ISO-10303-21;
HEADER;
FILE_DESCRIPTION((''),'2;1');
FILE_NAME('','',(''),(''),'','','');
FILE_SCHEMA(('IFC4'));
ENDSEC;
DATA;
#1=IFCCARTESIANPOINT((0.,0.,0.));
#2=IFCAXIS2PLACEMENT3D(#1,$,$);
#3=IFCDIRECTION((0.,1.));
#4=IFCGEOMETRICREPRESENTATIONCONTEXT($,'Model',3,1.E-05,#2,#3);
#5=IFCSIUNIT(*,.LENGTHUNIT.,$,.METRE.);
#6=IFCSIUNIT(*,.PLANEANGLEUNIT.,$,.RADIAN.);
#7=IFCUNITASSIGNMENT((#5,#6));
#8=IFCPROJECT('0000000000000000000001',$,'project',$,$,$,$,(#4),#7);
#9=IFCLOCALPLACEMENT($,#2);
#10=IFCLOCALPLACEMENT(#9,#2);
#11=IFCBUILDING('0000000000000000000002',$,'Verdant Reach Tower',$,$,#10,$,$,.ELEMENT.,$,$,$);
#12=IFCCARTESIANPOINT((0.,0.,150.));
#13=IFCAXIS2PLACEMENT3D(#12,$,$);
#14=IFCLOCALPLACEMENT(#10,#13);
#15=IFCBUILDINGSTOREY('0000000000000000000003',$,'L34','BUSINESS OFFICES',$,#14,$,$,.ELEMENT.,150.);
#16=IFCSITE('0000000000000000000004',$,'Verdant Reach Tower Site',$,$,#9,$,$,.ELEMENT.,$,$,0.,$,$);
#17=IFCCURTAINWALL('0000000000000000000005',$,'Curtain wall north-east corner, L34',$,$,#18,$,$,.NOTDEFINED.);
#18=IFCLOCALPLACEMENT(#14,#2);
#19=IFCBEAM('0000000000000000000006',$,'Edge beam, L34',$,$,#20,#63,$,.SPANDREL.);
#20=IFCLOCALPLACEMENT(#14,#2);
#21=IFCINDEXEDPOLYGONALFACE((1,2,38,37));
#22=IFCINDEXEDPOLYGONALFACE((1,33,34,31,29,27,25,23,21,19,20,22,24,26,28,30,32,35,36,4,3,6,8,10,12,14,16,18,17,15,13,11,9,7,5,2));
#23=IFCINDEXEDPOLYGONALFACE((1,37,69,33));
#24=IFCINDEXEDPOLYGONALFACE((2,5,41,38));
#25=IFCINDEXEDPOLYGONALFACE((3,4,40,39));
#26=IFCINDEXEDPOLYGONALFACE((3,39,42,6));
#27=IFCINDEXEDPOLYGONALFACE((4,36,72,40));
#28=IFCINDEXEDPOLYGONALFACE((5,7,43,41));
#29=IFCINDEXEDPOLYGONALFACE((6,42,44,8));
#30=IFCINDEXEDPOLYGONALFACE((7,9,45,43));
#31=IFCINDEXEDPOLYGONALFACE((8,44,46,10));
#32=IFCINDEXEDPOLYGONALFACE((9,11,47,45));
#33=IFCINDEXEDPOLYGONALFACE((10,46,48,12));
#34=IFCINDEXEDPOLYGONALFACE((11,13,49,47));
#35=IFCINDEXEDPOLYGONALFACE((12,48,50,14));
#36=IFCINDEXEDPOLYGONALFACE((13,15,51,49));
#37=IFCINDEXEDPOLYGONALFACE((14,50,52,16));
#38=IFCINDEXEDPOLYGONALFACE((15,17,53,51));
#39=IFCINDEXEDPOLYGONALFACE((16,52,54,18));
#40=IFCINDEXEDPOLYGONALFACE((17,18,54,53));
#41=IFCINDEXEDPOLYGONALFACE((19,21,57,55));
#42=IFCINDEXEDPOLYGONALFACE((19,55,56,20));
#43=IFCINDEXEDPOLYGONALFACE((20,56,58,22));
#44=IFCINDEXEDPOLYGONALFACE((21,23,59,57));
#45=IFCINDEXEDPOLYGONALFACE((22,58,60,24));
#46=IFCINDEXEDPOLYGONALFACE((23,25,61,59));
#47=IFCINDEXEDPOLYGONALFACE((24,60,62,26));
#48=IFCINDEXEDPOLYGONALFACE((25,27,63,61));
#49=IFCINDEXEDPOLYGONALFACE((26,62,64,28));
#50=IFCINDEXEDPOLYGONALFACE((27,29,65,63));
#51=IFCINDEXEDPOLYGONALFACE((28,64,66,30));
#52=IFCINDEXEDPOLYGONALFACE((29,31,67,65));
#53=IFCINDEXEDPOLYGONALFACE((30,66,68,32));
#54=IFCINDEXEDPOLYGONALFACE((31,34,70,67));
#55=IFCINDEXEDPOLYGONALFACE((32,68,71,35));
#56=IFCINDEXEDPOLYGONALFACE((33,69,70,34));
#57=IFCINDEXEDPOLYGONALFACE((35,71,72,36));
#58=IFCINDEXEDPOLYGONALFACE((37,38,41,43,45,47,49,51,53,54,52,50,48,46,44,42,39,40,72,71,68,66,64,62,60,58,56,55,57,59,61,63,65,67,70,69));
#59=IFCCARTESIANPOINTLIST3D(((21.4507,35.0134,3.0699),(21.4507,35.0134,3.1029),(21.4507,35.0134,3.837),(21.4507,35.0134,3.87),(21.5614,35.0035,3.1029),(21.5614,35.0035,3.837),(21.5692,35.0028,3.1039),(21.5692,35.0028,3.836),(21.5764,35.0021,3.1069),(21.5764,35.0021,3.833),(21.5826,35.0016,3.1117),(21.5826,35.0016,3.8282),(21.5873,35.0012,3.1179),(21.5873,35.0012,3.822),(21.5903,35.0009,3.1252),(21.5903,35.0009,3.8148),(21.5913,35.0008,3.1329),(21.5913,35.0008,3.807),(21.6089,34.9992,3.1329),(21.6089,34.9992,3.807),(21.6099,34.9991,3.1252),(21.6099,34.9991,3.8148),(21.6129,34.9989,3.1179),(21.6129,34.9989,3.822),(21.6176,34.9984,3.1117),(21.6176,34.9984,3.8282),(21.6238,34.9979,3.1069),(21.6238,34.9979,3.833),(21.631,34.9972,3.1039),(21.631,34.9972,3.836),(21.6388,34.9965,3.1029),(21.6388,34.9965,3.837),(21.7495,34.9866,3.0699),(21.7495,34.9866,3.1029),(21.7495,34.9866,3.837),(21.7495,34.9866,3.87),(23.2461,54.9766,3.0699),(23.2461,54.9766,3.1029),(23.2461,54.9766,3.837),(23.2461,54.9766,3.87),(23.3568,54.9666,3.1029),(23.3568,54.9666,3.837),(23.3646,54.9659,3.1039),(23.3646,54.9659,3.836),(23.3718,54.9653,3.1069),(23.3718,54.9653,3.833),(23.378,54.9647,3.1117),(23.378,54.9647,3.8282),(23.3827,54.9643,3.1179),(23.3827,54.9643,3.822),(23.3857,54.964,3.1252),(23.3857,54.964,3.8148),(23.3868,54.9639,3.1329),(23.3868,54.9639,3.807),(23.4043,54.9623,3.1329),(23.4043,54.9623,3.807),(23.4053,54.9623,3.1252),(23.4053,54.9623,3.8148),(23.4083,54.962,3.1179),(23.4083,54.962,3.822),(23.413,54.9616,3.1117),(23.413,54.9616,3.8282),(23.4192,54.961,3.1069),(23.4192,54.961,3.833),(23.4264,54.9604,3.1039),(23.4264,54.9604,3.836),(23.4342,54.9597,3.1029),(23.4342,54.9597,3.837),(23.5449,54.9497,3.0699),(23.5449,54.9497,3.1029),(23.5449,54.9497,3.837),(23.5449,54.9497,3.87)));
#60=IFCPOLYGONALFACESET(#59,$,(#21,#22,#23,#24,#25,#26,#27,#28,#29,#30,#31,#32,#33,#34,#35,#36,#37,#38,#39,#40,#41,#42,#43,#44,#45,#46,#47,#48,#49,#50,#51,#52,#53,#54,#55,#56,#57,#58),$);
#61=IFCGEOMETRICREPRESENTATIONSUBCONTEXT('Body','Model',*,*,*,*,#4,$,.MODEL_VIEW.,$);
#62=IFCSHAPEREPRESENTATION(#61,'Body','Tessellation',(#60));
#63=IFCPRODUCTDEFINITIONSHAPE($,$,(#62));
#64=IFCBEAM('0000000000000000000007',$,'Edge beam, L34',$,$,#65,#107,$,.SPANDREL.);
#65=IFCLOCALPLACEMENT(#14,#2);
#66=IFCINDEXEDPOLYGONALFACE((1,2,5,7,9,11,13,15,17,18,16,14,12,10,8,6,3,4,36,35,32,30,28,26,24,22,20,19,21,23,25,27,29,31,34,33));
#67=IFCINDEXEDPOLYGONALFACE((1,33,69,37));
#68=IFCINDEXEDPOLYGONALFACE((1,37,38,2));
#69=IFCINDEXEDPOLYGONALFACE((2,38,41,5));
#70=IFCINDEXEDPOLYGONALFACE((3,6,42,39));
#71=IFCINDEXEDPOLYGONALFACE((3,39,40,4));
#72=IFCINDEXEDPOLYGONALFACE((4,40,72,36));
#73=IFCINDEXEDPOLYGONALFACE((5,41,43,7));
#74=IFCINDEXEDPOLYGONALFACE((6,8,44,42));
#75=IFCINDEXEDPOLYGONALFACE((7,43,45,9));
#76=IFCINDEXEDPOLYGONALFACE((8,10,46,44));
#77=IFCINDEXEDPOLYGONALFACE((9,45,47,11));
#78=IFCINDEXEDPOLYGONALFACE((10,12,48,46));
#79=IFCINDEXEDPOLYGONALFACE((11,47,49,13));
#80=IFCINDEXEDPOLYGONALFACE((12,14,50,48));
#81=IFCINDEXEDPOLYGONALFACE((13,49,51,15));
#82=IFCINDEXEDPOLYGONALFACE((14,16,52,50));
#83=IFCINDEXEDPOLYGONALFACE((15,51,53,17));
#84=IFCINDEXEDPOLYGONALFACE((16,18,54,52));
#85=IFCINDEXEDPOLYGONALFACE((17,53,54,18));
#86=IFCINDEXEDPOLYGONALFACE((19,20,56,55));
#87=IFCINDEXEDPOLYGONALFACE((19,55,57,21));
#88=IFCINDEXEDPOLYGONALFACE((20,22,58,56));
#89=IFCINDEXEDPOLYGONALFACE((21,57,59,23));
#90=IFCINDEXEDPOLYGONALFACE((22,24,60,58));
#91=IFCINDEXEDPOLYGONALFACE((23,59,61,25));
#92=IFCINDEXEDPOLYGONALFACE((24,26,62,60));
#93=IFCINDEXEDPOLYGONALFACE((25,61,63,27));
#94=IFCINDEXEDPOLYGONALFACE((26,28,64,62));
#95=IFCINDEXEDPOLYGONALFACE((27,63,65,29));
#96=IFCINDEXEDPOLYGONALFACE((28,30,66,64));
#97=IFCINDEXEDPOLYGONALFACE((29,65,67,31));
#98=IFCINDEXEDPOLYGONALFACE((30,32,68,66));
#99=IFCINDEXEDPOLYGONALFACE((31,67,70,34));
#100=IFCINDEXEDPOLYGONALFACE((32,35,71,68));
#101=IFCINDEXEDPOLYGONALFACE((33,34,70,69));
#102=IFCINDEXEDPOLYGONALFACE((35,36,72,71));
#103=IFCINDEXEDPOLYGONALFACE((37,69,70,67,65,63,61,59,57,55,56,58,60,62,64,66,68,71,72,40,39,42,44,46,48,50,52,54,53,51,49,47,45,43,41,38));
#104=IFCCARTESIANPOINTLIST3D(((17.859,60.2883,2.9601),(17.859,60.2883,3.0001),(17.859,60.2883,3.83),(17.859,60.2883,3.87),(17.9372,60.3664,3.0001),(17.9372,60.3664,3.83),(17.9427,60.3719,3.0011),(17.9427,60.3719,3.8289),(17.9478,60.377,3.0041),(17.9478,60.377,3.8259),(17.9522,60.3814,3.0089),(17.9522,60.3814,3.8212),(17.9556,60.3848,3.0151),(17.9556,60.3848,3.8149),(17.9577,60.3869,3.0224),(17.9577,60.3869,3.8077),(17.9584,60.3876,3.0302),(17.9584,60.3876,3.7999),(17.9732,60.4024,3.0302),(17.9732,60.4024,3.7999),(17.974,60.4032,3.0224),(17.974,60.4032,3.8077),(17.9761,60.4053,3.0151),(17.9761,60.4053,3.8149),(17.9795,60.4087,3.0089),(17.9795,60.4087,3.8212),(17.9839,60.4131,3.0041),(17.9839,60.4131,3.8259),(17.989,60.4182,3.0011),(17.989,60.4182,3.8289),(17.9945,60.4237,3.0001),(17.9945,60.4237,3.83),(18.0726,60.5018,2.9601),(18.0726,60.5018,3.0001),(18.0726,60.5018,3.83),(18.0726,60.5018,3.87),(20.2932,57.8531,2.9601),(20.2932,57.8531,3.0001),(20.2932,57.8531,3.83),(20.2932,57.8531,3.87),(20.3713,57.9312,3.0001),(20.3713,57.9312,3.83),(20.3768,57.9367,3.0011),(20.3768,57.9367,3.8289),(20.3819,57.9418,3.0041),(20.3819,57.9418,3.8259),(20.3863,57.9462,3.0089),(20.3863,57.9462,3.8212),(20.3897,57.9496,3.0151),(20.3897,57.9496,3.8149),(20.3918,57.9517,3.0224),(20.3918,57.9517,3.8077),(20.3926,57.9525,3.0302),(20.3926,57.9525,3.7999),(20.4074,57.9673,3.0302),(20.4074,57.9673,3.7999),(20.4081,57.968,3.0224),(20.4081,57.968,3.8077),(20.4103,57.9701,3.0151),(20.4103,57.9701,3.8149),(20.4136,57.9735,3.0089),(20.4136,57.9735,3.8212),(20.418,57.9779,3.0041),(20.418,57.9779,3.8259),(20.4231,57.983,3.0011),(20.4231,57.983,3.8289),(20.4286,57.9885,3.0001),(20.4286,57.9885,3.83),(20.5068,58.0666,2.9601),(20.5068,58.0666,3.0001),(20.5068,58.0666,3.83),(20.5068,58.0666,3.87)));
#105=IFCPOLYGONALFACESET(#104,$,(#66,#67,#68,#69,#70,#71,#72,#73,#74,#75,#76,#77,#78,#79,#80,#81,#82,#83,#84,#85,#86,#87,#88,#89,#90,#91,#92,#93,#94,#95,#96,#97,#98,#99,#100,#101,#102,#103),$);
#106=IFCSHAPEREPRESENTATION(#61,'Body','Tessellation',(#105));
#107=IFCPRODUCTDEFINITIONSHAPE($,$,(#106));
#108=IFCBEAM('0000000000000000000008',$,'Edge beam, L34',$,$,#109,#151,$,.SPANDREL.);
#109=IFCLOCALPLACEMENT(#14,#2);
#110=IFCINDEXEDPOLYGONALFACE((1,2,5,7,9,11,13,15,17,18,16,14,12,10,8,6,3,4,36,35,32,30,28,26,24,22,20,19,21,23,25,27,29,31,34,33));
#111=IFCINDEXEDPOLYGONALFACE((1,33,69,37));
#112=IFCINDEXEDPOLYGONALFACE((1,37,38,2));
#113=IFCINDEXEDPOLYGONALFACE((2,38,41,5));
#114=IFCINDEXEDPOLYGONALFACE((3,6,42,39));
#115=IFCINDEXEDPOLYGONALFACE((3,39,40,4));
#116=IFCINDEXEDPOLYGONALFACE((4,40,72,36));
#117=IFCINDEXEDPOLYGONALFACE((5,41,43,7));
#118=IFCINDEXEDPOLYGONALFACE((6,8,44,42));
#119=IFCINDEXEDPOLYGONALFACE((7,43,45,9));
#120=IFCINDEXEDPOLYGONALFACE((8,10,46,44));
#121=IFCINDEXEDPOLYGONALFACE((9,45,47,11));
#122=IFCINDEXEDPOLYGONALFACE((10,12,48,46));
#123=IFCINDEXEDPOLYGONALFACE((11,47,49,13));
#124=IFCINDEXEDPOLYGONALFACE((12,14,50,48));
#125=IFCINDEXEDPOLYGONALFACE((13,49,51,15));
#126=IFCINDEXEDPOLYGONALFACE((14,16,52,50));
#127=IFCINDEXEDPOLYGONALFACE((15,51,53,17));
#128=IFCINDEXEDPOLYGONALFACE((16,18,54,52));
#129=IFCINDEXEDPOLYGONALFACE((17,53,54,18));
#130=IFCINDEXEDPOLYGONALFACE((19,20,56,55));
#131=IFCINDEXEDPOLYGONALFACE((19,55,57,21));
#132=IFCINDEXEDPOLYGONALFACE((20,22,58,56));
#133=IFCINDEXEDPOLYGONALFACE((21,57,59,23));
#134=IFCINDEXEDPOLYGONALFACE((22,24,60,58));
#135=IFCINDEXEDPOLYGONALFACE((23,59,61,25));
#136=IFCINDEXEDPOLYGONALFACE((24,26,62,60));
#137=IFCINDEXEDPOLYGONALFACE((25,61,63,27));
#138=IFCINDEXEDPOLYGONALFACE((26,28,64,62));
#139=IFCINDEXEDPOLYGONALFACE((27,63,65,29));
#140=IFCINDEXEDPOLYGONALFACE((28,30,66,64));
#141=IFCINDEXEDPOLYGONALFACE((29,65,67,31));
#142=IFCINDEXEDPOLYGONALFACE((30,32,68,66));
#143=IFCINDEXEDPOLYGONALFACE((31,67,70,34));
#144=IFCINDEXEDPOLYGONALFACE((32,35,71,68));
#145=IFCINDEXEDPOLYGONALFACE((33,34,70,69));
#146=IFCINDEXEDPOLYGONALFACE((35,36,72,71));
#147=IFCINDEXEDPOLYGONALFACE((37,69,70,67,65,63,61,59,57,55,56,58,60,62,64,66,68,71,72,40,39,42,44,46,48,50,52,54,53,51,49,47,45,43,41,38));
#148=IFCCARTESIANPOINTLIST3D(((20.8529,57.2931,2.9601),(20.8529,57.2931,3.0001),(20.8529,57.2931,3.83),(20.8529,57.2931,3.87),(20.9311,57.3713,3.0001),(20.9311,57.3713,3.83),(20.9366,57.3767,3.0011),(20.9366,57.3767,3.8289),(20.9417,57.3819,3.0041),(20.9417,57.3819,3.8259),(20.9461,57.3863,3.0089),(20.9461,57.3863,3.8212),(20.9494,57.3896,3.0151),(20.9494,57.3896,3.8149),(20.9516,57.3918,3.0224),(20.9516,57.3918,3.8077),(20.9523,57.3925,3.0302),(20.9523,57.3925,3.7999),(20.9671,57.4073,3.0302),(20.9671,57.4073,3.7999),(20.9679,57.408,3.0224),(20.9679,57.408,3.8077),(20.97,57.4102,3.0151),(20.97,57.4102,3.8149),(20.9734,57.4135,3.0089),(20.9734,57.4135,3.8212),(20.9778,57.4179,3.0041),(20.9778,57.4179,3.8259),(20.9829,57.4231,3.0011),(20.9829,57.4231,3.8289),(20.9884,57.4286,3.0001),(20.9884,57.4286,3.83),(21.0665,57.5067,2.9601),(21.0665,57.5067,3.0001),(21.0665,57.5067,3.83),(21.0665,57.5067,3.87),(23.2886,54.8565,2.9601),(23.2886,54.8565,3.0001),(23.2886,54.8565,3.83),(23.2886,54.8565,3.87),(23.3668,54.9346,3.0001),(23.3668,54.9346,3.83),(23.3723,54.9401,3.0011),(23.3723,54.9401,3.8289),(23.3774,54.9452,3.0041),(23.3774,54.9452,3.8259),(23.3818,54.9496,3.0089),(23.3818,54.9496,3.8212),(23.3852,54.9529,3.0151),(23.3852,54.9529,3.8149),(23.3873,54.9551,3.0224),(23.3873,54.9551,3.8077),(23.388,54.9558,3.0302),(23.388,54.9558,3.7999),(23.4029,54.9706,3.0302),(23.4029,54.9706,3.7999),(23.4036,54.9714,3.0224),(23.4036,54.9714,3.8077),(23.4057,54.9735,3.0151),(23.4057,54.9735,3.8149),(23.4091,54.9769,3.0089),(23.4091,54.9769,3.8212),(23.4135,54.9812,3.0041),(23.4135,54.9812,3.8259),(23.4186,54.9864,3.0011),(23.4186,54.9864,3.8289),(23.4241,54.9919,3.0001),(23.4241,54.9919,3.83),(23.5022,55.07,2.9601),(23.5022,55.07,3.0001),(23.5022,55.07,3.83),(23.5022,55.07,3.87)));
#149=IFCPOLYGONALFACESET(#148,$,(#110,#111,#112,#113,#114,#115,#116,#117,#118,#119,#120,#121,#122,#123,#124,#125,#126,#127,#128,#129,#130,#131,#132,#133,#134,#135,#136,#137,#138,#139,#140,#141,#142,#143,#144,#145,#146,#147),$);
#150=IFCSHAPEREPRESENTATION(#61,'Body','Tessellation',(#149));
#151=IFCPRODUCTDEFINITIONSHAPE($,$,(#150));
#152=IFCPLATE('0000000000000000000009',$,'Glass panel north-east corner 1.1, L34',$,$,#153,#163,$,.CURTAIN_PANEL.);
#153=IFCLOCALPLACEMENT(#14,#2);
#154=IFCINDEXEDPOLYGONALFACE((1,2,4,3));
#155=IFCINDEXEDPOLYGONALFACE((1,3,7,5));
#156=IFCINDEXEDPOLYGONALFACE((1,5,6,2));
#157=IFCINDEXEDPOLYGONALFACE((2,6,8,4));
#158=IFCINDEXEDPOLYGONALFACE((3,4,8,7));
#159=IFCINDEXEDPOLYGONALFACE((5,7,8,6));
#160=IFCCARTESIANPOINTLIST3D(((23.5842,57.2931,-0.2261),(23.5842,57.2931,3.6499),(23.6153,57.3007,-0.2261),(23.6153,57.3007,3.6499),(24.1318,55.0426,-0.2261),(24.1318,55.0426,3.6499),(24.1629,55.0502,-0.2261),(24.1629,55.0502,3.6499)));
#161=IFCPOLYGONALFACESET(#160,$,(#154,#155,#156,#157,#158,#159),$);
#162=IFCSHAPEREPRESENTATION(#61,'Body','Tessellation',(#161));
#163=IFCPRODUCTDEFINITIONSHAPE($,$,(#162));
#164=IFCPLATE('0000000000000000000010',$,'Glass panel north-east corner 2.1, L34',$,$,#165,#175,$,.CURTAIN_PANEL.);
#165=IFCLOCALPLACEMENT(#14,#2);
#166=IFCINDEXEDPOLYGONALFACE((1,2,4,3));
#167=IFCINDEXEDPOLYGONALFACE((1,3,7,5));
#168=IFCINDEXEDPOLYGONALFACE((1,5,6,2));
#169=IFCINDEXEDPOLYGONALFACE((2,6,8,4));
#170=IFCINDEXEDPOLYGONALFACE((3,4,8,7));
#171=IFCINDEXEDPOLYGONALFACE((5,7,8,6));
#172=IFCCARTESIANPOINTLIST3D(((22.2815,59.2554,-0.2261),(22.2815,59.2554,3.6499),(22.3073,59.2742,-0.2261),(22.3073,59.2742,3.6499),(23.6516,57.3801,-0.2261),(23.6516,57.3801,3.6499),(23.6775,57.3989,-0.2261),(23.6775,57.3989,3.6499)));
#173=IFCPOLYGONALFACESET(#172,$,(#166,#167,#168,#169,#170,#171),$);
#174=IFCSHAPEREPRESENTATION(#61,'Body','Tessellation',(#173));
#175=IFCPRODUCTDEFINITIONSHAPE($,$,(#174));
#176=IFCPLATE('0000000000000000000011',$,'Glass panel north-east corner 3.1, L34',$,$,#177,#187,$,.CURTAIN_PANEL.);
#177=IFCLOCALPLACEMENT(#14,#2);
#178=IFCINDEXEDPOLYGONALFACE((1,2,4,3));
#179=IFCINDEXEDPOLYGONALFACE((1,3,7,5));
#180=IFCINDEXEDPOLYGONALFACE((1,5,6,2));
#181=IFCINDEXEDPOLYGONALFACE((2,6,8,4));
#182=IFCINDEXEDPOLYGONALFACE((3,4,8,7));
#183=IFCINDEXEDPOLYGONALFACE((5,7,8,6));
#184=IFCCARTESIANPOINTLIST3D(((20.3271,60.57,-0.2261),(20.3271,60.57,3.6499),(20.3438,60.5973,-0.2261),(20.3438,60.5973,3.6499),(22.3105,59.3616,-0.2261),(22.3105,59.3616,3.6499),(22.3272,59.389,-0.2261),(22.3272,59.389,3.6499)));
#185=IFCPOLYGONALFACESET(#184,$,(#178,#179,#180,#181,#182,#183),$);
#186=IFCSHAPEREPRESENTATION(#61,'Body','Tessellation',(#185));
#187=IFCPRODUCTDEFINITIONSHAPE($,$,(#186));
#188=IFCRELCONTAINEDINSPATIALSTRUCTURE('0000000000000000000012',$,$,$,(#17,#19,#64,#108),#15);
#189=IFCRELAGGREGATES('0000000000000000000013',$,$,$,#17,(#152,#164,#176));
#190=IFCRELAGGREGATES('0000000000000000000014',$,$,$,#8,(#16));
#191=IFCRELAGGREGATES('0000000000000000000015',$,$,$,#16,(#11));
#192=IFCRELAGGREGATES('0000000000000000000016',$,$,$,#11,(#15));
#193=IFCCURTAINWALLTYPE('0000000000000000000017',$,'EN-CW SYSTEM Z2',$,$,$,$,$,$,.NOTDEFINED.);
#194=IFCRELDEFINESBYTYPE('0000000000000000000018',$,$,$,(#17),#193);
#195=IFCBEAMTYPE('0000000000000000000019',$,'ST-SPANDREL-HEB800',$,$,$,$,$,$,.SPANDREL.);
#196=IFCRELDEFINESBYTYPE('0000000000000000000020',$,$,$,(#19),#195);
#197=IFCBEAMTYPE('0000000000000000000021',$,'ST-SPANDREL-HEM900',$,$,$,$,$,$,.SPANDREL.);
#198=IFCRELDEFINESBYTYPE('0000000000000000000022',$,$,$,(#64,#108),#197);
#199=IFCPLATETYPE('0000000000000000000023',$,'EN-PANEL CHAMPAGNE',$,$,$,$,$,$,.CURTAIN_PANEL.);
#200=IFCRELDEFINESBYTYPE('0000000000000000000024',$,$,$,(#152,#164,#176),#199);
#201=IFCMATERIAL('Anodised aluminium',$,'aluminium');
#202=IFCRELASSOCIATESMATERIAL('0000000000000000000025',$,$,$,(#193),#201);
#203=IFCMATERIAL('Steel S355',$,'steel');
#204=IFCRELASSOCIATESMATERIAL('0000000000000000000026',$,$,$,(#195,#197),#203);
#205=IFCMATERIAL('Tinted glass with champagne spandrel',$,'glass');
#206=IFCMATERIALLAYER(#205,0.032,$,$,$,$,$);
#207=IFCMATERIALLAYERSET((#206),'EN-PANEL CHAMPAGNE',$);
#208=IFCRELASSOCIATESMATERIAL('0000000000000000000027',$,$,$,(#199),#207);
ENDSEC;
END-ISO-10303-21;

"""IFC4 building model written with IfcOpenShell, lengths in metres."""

from ifc_helpers import new_model, si_unit, direction, frame, origin, origin_2d, place, context, subcontext, project, spatial, rectangle, i_section, extrude, material, layer, layer_set, material_profile, profile_set, type_object, element, aggregate, save


model = new_model("IFC4")

# Units and contexts
model_context = context("Model", 3, precision=1e-05, world=origin(), true_north=direction((0.0, 1.0)))
body_context = subcontext(model_context, "Body", "Model", "MODEL_VIEW")
ifc_project = project(units=[si_unit("LENGTHUNIT", "METRE"), si_unit("PLANEANGLEUNIT", "RADIAN")], contexts=[model_context])

# Site, building, storey
site_placement = place(None, origin())
site = spatial("IfcSite", under=ifc_project, at=site_placement, Name="Verdant Reach Tower Site", CompositionType="ELEMENT", RefElevation=0.0)
building_placement = place(site_placement, origin())
building = spatial("IfcBuilding", under=site, at=building_placement, Name="Verdant Reach Tower", CompositionType="ELEMENT")
storey_placement = place(building_placement, frame((0.0, 0.0, 150.0)))
storey = spatial("IfcBuildingStorey", under=building, at=storey_placement, Name="L34", Description="BUSINESS OFFICES", CompositionType="ELEMENT", Elevation=150.0)

# Shared definitions
ifc_material_1 = material(Name="Anodised aluminium", Category="aluminium")
curtain_wall_type = type_object("IfcCurtainWallType", Name="EN-CW SYSTEM Z2", PredefinedType="NOTDEFINED", material=ifc_material_1)

# Curtain wall
curtain_wall_1_placement = place(storey_placement, origin())
curtain_wall_1 = element("IfcCurtainWall", 1, at=curtain_wall_1_placement, inside=storey, type_object=curtain_wall_type, Name="Curtain wall north-east corner, L34", PredefinedType="NOTDEFINED")

# Beams
ifc_material_2 = material(Name="Steel S355", Category="steel")
ifc_material_profile_1 = material_profile(ifc_material_2, i_section(OverallWidth=0.3, OverallDepth=0.8, WebThickness=0.0176, FlangeThickness=0.033, FilletRadius=0.03, at=origin_2d()), Name="HEB 800")
ifc_profile_set_1 = profile_set([ifc_material_profile_1], Name="Steel S355")
beam_type_1 = type_object("IfcBeamType", Name="ST-SPANDREL-HEB800", PredefinedType="SPANDREL", material=ifc_profile_set_1)
beam_1_placement = place(storey_placement, frame((23.3955, 54.9631, 3.47), z_axis=(-0.089575, -0.99598, 0.0), x_axis=(0.99598, -0.089575, 0.0)))
element("IfcBeam", 2, at=beam_1_placement, inside=storey, type_object=beam_type_1, Name="Edge beam, L34", PredefinedType="SPANDREL", context=body_context, shape_type="SweptSolid", body=[
    extrude(i_section(OverallWidth=0.3, OverallDepth=0.8, WebThickness=0.0176, FlangeThickness=0.033, FilletRadius=0.03, at=origin_2d()), origin(), (0.0, 0.0, 1.0), 20.0437),
])
ifc_material_profile_2 = material_profile(ifc_material_2, i_section(OverallWidth=0.302, OverallDepth=0.9099, WebThickness=0.021, FlangeThickness=0.04, FilletRadius=0.03, at=origin_2d()), Name="HEM 900")
ifc_profile_set_2 = profile_set([ifc_material_profile_2], Name="Steel S355")
beam_type_2 = type_object("IfcBeamType", Name="ST-SPANDREL-HEM900", PredefinedType="SPANDREL", material=ifc_profile_set_2)
beam_2_placement = place(storey_placement, frame((17.9658, 60.395, 3.415), z_axis=(0.706965, -0.707249, 0.0), x_axis=(0.707249, 0.706965, 0.0)))
element("IfcBeam", 3, at=beam_2_placement, inside=storey, type_object=beam_type_2, Name="Edge beam, L34", PredefinedType="SPANDREL", context=body_context, shape_type="SweptSolid", body=[
    extrude(i_section(OverallWidth=0.302, OverallDepth=0.9099, WebThickness=0.021, FlangeThickness=0.04, FilletRadius=0.03, at=origin_2d()), origin(), (0.0, 0.0, 1.0), 3.4431),
])
beam_3_placement = place(storey_placement, frame((20.9597, 57.3999, 3.415), z_axis=(0.706965, -0.707248, 0.0), x_axis=(0.707248, 0.706965, 0.0)))
element("IfcBeam", 4, at=beam_3_placement, inside=storey, type_object=beam_type_2, Name="Edge beam, L34", PredefinedType="SPANDREL", context=body_context, shape_type="SweptSolid", body=[
    extrude(i_section(OverallWidth=0.302, OverallDepth=0.9099, WebThickness=0.021, FlangeThickness=0.04, FilletRadius=0.03, at=origin_2d()), origin(), (0.0, 0.0, 1.0), 3.4453),
])

# Plates
ifc_material_3 = material(Name="Tinted glass with champagne spandrel", Category="glass")
ifc_layer_1 = layer(ifc_material_3, 0.032)
ifc_layer_set_1 = layer_set([ifc_layer_1], Name="EN-PANEL CHAMPAGNE")
plate_type_1 = type_object("IfcPlateType", Name="EN-PANEL CHAMPAGNE", PredefinedType="CURTAIN_PANEL", material=ifc_layer_set_1)
plate_1_placement = place(storey_placement, frame((23.8735, 56.1716, -0.2261), z_axis=(0.0, 0.0, 1.0), x_axis=(-0.236416, 0.971652, 0.0)))
plate_1 = element("IfcPlate", 5, at=plate_1_placement, type_object=plate_type_1, Name="Glass panel north-east corner 1.1, L34", PredefinedType="CURTAIN_PANEL", context=body_context, shape_type="SweptSolid", body=[
    extrude(rectangle(XDim=2.3162, YDim=0.032, at=origin_2d()), origin(), (0.0, 0.0, 1.0), 3.876),
])
plate_2_placement = place(storey_placement, frame((22.9795, 58.3271, -0.2261), z_axis=(0.0, 0.0, 1.0), x_axis=(-0.589927, 0.807457, 0.0)))
plate_2 = element("IfcPlate", 6, at=plate_2_placement, type_object=plate_type_1, Name="Glass panel north-east corner 2.1, L34", PredefinedType="CURTAIN_PANEL", context=body_context, shape_type="SweptSolid", body=[
    extrude(rectangle(XDim=2.3225, YDim=0.032, at=origin_2d()), origin(), (0.0, 0.0, 1.0), 3.876),
])
plate_3_placement = place(storey_placement, frame((21.3271, 59.9795, -0.2261), z_axis=(0.0, 0.0, 1.0), x_axis=(-0.853989, 0.520292, 0.0)))
plate_3 = element("IfcPlate", 7, at=plate_3_placement, type_object=plate_type_1, Name="Glass panel north-east corner 3.1, L34", PredefinedType="CURTAIN_PANEL", context=body_context, shape_type="SweptSolid", body=[
    extrude(rectangle(XDim=2.3225, YDim=0.032, at=origin_2d()), origin(), (0.0, 0.0, 1.0), 3.876),
])
aggregate(curtain_wall_1, [plate_1, plate_2, plate_3])

save(model, "model.ifc")
